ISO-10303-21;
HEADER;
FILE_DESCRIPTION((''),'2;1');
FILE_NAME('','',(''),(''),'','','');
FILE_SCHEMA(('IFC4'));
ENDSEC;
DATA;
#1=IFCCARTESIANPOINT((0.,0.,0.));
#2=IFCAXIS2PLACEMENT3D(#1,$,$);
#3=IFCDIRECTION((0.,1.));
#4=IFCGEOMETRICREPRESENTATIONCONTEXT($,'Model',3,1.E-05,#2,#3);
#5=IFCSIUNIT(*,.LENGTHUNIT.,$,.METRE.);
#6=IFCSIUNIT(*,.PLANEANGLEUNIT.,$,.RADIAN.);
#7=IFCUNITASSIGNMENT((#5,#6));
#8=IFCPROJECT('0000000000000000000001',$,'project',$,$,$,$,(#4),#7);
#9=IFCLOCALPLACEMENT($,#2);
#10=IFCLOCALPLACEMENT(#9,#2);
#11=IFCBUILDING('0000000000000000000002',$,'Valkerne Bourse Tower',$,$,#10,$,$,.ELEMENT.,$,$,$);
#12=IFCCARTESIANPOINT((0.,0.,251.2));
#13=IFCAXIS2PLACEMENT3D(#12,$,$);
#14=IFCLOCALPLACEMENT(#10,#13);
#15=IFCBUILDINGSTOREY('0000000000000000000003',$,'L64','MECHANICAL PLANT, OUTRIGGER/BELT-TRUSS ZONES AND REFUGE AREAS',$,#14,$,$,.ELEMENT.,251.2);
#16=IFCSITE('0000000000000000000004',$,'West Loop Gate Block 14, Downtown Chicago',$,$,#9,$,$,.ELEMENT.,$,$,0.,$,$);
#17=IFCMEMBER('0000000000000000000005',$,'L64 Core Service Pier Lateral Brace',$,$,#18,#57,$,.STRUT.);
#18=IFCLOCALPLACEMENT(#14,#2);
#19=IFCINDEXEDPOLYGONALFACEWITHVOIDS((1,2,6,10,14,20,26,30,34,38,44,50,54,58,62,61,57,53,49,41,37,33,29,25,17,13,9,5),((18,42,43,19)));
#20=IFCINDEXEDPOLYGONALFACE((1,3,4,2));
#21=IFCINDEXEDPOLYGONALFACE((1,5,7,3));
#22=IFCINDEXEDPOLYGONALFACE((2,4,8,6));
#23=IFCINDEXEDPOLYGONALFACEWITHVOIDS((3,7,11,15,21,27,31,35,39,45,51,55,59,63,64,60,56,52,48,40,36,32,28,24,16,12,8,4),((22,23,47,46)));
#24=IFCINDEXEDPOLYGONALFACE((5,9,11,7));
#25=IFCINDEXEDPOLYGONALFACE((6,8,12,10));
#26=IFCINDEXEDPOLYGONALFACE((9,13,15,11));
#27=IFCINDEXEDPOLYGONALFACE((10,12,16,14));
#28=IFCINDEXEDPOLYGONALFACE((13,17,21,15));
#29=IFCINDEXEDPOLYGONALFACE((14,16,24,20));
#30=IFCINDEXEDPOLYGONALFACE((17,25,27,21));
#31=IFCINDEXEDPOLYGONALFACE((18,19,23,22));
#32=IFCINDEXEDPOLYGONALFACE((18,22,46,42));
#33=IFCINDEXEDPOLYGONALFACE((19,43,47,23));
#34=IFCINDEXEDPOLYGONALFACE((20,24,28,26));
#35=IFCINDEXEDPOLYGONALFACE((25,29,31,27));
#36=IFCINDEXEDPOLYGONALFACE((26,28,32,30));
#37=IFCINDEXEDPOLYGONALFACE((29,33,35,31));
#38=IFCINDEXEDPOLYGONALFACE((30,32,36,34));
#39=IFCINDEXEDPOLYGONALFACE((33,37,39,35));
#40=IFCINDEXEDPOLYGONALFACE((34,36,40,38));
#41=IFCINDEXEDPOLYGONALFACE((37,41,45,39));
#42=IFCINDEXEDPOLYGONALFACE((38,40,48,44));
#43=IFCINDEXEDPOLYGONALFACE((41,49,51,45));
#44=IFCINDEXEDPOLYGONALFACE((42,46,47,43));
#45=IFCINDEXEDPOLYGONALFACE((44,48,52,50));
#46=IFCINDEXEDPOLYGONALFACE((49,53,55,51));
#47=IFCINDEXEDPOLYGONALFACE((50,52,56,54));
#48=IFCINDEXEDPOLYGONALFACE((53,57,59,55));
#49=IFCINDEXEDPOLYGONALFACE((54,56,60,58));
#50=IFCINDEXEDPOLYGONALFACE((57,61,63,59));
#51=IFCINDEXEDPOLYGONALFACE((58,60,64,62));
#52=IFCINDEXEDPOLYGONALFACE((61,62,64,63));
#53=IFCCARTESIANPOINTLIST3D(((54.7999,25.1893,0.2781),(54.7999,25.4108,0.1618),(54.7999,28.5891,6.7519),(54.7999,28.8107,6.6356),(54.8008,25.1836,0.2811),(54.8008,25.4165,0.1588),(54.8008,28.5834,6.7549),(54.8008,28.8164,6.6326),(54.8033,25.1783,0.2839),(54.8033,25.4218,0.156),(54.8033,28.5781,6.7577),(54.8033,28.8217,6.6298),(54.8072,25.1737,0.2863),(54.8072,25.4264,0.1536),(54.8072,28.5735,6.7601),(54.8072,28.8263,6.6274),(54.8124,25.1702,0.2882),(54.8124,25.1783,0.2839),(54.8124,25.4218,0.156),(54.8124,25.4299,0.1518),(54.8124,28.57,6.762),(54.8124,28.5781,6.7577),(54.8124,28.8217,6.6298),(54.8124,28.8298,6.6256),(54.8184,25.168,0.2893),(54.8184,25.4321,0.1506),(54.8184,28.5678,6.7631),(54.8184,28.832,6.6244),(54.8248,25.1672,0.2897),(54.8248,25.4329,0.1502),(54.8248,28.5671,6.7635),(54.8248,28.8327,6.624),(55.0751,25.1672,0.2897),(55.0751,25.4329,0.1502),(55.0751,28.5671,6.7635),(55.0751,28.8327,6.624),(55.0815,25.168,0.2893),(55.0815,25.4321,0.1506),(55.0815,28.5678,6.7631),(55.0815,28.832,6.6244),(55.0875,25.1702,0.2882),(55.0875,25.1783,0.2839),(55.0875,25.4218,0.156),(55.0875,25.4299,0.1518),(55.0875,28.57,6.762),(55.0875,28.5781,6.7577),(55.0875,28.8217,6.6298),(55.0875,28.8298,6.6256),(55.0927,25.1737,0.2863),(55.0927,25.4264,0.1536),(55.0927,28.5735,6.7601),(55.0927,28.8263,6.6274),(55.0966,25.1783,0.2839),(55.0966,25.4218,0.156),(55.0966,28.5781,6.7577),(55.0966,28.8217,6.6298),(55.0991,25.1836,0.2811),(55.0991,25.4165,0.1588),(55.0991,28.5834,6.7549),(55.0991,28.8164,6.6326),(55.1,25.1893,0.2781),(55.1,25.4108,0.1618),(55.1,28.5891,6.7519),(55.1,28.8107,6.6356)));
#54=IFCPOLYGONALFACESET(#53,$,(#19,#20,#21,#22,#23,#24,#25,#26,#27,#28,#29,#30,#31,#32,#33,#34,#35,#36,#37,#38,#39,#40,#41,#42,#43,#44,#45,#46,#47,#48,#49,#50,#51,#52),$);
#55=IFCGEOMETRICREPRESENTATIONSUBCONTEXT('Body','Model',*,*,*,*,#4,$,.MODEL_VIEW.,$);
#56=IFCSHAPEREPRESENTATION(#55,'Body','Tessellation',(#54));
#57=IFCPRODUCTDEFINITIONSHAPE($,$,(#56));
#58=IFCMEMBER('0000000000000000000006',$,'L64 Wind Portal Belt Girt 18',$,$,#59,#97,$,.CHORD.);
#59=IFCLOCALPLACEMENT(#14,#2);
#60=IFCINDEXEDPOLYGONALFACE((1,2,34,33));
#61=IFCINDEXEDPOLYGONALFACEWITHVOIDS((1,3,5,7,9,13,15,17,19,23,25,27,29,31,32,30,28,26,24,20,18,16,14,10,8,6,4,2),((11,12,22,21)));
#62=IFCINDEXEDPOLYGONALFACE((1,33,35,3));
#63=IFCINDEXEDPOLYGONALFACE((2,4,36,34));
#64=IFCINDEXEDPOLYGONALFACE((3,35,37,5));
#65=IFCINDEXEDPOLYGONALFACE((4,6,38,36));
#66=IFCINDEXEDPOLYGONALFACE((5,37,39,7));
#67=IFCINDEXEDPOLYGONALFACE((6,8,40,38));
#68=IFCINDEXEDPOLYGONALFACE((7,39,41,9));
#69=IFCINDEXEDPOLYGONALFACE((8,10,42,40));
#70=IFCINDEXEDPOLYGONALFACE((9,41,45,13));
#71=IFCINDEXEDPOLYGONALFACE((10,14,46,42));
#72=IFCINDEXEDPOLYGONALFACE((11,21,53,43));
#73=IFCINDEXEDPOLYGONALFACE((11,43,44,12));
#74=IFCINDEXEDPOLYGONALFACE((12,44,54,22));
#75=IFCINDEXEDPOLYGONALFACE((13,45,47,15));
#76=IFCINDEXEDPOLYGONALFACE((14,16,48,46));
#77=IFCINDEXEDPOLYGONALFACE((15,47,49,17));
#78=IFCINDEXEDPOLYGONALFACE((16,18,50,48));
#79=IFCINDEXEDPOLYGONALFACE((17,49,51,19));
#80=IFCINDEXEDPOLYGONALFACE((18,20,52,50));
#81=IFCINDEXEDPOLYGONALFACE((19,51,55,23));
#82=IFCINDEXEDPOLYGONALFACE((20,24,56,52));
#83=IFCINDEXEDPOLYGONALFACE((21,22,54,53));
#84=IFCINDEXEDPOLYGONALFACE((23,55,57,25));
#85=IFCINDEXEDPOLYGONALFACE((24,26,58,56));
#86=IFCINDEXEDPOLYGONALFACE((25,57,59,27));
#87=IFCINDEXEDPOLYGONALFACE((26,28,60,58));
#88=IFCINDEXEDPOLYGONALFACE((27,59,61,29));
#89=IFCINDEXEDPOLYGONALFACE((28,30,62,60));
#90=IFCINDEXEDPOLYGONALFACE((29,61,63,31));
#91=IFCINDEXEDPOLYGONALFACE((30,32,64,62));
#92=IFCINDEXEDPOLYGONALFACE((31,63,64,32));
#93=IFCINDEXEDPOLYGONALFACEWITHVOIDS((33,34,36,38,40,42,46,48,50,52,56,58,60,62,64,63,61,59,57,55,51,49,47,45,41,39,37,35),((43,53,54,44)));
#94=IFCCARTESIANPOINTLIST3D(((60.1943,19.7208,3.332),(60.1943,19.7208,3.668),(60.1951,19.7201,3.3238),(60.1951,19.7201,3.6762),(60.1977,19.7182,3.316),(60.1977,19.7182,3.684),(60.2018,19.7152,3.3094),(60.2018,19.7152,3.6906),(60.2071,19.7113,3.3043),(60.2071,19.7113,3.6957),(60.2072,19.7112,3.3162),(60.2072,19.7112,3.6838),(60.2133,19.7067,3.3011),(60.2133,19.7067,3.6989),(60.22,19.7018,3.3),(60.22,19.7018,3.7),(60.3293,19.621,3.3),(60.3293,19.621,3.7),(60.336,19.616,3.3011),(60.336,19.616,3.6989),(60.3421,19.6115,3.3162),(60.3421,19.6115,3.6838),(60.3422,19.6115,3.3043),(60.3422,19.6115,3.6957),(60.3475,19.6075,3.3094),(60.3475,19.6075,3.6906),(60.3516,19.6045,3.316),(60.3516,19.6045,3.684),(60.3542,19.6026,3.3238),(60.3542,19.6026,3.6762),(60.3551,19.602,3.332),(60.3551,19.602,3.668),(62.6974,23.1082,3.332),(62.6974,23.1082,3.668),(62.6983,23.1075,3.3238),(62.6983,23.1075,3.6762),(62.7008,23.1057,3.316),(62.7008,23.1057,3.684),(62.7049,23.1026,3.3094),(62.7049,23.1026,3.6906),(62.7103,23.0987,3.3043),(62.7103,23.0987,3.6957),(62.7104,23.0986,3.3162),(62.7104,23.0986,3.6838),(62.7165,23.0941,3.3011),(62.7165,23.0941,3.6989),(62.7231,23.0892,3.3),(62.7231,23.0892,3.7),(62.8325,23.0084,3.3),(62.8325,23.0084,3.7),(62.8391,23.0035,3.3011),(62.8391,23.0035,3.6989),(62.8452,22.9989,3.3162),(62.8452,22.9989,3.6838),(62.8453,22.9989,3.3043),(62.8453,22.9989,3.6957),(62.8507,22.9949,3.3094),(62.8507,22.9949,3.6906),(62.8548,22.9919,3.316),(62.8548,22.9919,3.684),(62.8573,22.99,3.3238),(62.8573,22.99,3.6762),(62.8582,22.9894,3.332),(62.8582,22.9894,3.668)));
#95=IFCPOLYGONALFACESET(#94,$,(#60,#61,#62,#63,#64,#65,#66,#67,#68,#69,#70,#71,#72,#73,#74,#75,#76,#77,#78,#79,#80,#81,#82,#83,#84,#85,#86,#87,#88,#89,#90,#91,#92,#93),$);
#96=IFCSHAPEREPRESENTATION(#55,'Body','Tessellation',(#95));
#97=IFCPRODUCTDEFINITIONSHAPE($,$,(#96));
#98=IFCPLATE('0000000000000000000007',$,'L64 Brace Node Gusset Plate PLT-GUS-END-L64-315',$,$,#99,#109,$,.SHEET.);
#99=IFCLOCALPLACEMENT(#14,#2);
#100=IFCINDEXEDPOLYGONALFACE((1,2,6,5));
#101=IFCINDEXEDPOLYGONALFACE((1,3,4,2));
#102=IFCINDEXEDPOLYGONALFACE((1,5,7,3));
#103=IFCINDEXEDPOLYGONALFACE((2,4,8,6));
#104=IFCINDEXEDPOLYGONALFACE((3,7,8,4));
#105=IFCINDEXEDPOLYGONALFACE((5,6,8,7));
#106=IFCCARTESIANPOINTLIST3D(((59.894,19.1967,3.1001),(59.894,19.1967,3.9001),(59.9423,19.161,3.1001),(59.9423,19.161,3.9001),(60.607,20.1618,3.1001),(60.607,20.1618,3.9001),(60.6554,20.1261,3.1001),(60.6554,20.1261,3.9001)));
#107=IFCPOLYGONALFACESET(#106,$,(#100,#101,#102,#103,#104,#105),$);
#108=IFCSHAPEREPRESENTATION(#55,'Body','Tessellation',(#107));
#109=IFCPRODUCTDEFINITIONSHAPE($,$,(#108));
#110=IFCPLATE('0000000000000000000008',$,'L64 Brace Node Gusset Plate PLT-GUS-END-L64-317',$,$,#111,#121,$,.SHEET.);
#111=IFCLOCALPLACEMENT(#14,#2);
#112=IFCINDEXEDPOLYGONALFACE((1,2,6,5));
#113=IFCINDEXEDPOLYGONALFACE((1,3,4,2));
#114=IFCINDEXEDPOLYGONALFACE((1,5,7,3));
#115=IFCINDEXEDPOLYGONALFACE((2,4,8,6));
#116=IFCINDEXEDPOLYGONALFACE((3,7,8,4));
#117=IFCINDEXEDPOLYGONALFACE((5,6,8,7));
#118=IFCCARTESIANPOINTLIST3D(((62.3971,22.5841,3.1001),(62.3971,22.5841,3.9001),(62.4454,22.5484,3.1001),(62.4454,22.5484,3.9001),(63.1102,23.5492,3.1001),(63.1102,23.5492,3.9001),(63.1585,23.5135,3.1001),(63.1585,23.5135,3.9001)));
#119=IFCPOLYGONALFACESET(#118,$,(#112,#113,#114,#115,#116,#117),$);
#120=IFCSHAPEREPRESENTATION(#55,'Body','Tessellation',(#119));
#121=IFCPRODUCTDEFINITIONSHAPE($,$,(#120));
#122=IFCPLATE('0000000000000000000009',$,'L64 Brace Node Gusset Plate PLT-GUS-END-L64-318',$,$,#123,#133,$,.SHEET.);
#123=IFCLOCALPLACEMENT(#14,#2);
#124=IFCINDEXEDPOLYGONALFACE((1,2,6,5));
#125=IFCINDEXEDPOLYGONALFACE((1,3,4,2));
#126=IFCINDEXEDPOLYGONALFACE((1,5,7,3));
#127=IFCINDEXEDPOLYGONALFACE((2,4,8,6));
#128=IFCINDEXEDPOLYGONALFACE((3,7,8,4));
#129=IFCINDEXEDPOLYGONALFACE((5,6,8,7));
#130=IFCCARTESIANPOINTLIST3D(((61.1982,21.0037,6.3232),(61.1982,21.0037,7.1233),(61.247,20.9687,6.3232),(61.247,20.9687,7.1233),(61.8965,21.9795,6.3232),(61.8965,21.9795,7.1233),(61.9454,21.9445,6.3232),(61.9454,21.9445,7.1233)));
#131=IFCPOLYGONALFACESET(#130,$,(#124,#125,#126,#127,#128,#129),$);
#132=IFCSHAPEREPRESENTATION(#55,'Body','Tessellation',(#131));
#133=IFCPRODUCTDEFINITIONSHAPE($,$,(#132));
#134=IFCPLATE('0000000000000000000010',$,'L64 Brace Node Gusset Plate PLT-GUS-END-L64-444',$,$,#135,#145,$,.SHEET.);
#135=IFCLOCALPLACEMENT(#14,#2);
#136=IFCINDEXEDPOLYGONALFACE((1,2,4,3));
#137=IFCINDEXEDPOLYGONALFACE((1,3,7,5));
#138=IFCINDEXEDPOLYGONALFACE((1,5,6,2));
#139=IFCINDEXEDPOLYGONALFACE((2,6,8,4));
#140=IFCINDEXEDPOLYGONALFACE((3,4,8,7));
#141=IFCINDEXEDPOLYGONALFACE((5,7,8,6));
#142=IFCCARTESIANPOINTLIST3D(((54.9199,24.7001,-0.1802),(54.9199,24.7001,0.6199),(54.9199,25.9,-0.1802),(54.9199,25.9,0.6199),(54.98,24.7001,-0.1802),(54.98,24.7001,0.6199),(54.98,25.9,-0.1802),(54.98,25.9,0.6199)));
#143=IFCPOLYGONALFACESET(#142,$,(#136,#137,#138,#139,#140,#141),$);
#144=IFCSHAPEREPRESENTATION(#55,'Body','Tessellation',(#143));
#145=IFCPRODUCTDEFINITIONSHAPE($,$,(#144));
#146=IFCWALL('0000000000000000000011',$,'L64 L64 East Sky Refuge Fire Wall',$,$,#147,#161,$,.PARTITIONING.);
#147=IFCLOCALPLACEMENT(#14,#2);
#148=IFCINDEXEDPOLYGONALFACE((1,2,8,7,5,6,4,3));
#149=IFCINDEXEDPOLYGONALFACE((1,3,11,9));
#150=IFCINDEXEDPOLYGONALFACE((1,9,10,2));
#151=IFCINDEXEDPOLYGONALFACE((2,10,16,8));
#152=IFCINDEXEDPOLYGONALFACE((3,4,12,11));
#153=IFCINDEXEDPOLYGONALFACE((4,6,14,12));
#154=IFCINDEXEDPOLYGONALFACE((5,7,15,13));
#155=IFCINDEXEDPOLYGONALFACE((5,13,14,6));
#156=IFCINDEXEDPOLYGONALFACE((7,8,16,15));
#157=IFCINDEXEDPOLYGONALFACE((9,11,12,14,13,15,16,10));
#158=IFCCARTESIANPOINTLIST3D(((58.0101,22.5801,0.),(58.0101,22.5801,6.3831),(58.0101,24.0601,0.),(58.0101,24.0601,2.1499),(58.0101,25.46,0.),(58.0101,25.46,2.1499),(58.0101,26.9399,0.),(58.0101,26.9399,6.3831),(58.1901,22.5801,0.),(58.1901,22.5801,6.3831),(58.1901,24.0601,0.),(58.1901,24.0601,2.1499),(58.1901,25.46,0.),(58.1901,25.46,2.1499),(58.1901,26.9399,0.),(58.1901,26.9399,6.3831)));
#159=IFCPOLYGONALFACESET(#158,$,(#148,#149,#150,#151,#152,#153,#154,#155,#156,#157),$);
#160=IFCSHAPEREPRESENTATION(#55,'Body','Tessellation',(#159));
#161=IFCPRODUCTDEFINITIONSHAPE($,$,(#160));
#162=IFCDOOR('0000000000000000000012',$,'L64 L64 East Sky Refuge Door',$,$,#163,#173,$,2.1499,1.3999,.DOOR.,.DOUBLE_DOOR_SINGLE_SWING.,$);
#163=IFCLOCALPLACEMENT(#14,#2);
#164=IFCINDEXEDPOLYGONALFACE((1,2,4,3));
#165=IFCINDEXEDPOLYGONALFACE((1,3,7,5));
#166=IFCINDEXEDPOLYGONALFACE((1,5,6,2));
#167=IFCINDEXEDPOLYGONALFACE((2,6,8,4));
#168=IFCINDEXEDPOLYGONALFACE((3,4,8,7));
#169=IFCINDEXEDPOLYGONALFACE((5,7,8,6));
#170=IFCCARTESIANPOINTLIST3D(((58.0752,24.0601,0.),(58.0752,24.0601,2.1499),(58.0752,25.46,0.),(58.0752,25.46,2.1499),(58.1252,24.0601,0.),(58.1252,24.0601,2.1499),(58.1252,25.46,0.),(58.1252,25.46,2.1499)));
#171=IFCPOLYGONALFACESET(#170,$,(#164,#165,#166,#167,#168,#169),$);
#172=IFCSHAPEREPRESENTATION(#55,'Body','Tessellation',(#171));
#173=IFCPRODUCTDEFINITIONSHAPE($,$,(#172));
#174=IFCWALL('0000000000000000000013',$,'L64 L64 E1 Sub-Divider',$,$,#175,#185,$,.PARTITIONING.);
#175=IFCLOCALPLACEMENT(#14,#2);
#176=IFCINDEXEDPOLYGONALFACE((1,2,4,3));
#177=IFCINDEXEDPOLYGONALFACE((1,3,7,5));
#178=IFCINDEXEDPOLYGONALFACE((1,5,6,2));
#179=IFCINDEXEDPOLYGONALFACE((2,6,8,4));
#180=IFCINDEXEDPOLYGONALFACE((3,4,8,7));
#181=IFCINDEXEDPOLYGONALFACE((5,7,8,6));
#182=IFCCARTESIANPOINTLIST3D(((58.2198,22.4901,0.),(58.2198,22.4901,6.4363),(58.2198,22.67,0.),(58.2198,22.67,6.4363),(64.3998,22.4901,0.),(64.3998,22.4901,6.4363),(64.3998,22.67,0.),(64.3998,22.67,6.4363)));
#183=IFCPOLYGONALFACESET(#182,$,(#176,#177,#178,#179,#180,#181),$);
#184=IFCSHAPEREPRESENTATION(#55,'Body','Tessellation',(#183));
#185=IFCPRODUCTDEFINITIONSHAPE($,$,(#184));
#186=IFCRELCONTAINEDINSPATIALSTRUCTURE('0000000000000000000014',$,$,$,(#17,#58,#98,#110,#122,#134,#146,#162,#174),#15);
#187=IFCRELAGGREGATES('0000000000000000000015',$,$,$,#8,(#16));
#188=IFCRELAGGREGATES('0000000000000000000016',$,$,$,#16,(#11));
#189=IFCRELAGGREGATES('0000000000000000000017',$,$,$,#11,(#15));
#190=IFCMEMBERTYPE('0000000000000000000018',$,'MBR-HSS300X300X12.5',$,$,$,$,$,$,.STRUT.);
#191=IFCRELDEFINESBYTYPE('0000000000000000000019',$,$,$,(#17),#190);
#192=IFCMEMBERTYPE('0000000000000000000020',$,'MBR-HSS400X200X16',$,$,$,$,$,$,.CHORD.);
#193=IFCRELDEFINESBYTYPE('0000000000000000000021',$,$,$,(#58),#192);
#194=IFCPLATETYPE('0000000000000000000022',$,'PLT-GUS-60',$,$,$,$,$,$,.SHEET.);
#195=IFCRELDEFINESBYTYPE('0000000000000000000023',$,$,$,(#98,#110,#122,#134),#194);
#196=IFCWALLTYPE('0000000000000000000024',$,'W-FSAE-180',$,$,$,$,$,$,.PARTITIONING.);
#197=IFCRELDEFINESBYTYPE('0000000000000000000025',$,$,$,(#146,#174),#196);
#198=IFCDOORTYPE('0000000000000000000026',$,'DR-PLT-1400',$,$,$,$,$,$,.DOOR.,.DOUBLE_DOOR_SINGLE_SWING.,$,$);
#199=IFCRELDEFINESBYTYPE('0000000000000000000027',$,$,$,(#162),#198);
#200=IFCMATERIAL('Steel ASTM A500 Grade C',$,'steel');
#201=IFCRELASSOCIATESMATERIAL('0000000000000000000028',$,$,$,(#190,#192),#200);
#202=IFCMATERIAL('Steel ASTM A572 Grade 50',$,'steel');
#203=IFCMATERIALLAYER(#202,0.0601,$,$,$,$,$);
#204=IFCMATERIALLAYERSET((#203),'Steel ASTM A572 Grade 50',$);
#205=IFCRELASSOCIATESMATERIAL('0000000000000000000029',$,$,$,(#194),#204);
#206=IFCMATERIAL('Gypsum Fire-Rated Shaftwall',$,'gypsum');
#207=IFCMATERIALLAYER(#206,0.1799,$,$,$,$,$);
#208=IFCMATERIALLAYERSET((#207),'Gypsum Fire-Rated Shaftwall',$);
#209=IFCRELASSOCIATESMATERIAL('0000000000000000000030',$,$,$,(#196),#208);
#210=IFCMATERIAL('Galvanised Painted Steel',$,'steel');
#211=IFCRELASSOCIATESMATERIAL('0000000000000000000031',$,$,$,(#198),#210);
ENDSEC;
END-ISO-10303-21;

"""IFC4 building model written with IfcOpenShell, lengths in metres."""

from ifc_helpers import new_model, si_unit, direction, frame, frame_2d, origin, origin_2d, place, context, subcontext, project, spatial, rectangle, hollow_rectangle, extrude, material, layer, layer_set, material_profile, profile_set, type_object, element, fill, save


model = new_model("IFC4")

# Units and contexts
model_context = context("Model", 3, precision=1e-05, world=origin(), true_north=direction((0.0, 1.0)))
body_context = subcontext(model_context, "Body", "Model", "MODEL_VIEW")
ifc_project = project(units=[si_unit("LENGTHUNIT", "METRE"), si_unit("PLANEANGLEUNIT", "RADIAN")], contexts=[model_context])

# Site, building, storey
site_placement = place(None, origin())
site = spatial("IfcSite", under=ifc_project, at=site_placement, Name="West Loop Gate Block 14, Downtown Chicago", CompositionType="ELEMENT", RefElevation=0.0)
building_placement = place(site_placement, origin())
building = spatial("IfcBuilding", under=site, at=building_placement, Name="Valkerne Bourse Tower", CompositionType="ELEMENT")
storey_placement = place(building_placement, frame((0.0, 0.0, 251.2)))
storey = spatial("IfcBuildingStorey", under=building, at=storey_placement, Name="L64", Description="MECHANICAL PLANT, OUTRIGGER/BELT-TRUSS ZONES AND REFUGE AREAS", CompositionType="ELEMENT", Elevation=251.2)

# Members
ifc_material_1 = material(Name="Steel ASTM A500 Grade C", Category="steel")
ifc_material_profile_1 = material_profile(ifc_material_1, hollow_rectangle(XDim=0.3, YDim=0.3, WallThickness=0.0125, OuterFilletRadius=0.0249, at=origin_2d()), Name="HSS300X300X12.5")
ifc_profile_set_1 = profile_set([ifc_material_profile_1], Name="Steel ASTM A500 Grade C")
member_type_1 = type_object("IfcMemberType", Name="MBR-HSS300X300X12.5", PredefinedType="STRUT", material=ifc_profile_set_1)
member_1_placement = place(storey_placement, frame((54.95, 25.3, 0.22), z_axis=(0.0, 0.464954, 0.885335), x_axis=(-1.0, 0.0, 0.0)))
element("IfcMember", 1, at=member_1_placement, inside=storey, type_object=member_type_1, Name="L64 Core Service Pier Lateral Brace", PredefinedType="STRUT", context=body_context, shape_type="SweptSolid", body=[
    extrude(hollow_rectangle(XDim=0.3, YDim=0.3, WallThickness=0.0125, OuterFilletRadius=0.0249, at=origin_2d()), origin(), (0.0, 0.0, 1.0), 7.3123),
])
ifc_material_profile_2 = material_profile(ifc_material_1, hollow_rectangle(XDim=0.2, YDim=0.3999, WallThickness=0.0161, OuterFilletRadius=0.032, at=origin_2d()), Name="HSS400X200X16")
ifc_profile_set_2 = profile_set([ifc_material_profile_2], Name="Steel ASTM A500 Grade C")
member_type_2 = type_object("IfcMemberType", Name="MBR-HSS400X200X16", PredefinedType="CHORD", material=ifc_profile_set_2)
member_2_placement = place(storey_placement, frame((60.2747, 19.6614, 3.5), z_axis=(0.5943, 0.804244, 0.0), x_axis=(-0.804244, 0.5943, 0.0)))
element("IfcMember", 2, at=member_2_placement, inside=storey, type_object=member_type_2, Name="L64 Wind Portal Belt Girt 18", PredefinedType="CHORD", context=body_context, shape_type="SweptSolid", body=[
    extrude(hollow_rectangle(XDim=0.2, YDim=0.3999, WallThickness=0.0161, OuterFilletRadius=0.032, at=origin_2d()), origin(), (0.0, 0.0, 1.0), 4.2119),
])

# Plates
ifc_material_2 = material(Name="Steel ASTM A572 Grade 50", Category="steel")
ifc_layer_1 = layer(ifc_material_2, 0.0601)
ifc_layer_set_1 = layer_set([ifc_layer_1], Name="Steel ASTM A572 Grade 50")
plate_type = type_object("IfcPlateType", Name="PLT-GUS-60", PredefinedType="SHEET", material=ifc_layer_set_1)
for number, where, z_axis, x_axis, name in (
    (3, (60.2747, 19.6614, 3.1001), (0.0, 0.0, 1.0), (0.594261, 0.804272, 0.0), "L64 Brace Node Gusset Plate PLT-GUS-END-L64-315"),
    (4, (62.7778, 23.0488, 3.1001), (0.0, 0.0, 1.0), (0.594261, 0.804272, 0.0), "L64 Brace Node Gusset Plate PLT-GUS-END-L64-317"),
    (5, (61.5718, 21.4741, 6.3232), (0.0, 0.0, 1.0), (0.581981, 0.813202, 0.0), "L64 Brace Node Gusset Plate PLT-GUS-END-L64-318"),
    (6, (54.95, 25.3, -0.1802), (0.0, 0.0, 1.0), (0.0, 1.0, 0.0), "L64 Brace Node Gusset Plate PLT-GUS-END-L64-444"),
):
    element("IfcPlate", number, at=place(storey_placement, frame(where, z_axis=z_axis, x_axis=x_axis)), inside=storey, type_object=plate_type, Name=name, PredefinedType="SHEET", context=body_context, shape_type="SweptSolid", body=[
        extrude(rectangle(XDim=1.2, YDim=0.0601, at=origin_2d()), origin(), (0.0, 0.0, 1.0), 0.8),
    ])

# Wall, opening, door
ifc_material_3 = material(Name="Gypsum Fire-Rated Shaftwall", Category="gypsum")
ifc_layer_2 = layer(ifc_material_3, 0.1799)
ifc_layer_set_2 = layer_set([ifc_layer_2], Name="Gypsum Fire-Rated Shaftwall")
wall_type = type_object("IfcWallType", Name="W-FSAE-180", PredefinedType="PARTITIONING", material=ifc_layer_set_2)
wall_1_placement = place(storey_placement, frame((58.1001, 22.5801, 0.0), z_axis=(0.0, 0.0, 1.0), x_axis=(0.0, 1.0, 0.0)))
wall_1 = element("IfcWall", 7, at=wall_1_placement, inside=storey, type_object=wall_type, Name="L64 L64 East Sky Refuge Fire Wall", PredefinedType="PARTITIONING", context=body_context, shape_type="SweptSolid", body=[
    extrude(rectangle(XDim=4.3599, YDim=0.1799, at=frame_2d((2.1799, 0.0))), origin(), (0.0, 0.0, 1.0), 6.3831),
])
opening_placement = place(wall_1_placement, frame((1.48, 0.0, 0.0)))
opening = element("IfcOpeningElement", 8, at=opening_placement, cuts=wall_1, PredefinedType="OPENING", context=body_context, shape_type="SweptSolid", body=[
    extrude(rectangle(XDim=1.3999, YDim=2.1499, at=frame_2d((0.7, 1.075))), frame((0.0, 0.0999, 0.0), z_axis=(0.0, -1.0, 0.0), x_axis=(1.0, 0.0, 0.0)), (0.0, 0.0, 1.0), 0.2),
])
ifc_material_4 = material(Name="Galvanised Painted Steel", Category="steel")
door_type = type_object("IfcDoorType", Name="DR-PLT-1400", OperationType="DOUBLE_DOOR_SINGLE_SWING", PredefinedType="DOOR", material=ifc_material_4)
door_placement = place(opening_placement, origin())
door = element("IfcDoor", 9, at=door_placement, inside=storey, type_object=door_type, Name="L64 L64 East Sky Refuge Door", OperationType="DOUBLE_DOOR_SINGLE_SWING", OverallHeight=2.1499, OverallWidth=1.3999, PredefinedType="DOOR", context=body_context, shape_type="SweptSolid", body=[
    extrude(rectangle(XDim=1.3999, YDim=2.1499, at=frame_2d((0.7, 1.075))), frame((0.0, 0.0249, 0.0), z_axis=(0.0, -1.0, 0.0), x_axis=(1.0, 0.0, 0.0)), (0.0, 0.0, 1.0), 0.05),
])
fill(opening, door)

# Wall
wall_2_placement = place(storey_placement, frame((58.22, 22.5801, 0.0), z_axis=(0.0, 0.0, 1.0), x_axis=(1.0, 0.0, 0.0)))
element("IfcWall", 10, at=wall_2_placement, inside=storey, type_object=wall_type, Name="L64 L64 E1 Sub-Divider", PredefinedType="PARTITIONING", context=body_context, shape_type="SweptSolid", body=[
    extrude(rectangle(XDim=6.1799, YDim=0.1799, at=frame_2d((3.0898, 0.0))), origin(), (0.0, 0.0, 1.0), 6.4363),
])

save(model, "model.ifc")
